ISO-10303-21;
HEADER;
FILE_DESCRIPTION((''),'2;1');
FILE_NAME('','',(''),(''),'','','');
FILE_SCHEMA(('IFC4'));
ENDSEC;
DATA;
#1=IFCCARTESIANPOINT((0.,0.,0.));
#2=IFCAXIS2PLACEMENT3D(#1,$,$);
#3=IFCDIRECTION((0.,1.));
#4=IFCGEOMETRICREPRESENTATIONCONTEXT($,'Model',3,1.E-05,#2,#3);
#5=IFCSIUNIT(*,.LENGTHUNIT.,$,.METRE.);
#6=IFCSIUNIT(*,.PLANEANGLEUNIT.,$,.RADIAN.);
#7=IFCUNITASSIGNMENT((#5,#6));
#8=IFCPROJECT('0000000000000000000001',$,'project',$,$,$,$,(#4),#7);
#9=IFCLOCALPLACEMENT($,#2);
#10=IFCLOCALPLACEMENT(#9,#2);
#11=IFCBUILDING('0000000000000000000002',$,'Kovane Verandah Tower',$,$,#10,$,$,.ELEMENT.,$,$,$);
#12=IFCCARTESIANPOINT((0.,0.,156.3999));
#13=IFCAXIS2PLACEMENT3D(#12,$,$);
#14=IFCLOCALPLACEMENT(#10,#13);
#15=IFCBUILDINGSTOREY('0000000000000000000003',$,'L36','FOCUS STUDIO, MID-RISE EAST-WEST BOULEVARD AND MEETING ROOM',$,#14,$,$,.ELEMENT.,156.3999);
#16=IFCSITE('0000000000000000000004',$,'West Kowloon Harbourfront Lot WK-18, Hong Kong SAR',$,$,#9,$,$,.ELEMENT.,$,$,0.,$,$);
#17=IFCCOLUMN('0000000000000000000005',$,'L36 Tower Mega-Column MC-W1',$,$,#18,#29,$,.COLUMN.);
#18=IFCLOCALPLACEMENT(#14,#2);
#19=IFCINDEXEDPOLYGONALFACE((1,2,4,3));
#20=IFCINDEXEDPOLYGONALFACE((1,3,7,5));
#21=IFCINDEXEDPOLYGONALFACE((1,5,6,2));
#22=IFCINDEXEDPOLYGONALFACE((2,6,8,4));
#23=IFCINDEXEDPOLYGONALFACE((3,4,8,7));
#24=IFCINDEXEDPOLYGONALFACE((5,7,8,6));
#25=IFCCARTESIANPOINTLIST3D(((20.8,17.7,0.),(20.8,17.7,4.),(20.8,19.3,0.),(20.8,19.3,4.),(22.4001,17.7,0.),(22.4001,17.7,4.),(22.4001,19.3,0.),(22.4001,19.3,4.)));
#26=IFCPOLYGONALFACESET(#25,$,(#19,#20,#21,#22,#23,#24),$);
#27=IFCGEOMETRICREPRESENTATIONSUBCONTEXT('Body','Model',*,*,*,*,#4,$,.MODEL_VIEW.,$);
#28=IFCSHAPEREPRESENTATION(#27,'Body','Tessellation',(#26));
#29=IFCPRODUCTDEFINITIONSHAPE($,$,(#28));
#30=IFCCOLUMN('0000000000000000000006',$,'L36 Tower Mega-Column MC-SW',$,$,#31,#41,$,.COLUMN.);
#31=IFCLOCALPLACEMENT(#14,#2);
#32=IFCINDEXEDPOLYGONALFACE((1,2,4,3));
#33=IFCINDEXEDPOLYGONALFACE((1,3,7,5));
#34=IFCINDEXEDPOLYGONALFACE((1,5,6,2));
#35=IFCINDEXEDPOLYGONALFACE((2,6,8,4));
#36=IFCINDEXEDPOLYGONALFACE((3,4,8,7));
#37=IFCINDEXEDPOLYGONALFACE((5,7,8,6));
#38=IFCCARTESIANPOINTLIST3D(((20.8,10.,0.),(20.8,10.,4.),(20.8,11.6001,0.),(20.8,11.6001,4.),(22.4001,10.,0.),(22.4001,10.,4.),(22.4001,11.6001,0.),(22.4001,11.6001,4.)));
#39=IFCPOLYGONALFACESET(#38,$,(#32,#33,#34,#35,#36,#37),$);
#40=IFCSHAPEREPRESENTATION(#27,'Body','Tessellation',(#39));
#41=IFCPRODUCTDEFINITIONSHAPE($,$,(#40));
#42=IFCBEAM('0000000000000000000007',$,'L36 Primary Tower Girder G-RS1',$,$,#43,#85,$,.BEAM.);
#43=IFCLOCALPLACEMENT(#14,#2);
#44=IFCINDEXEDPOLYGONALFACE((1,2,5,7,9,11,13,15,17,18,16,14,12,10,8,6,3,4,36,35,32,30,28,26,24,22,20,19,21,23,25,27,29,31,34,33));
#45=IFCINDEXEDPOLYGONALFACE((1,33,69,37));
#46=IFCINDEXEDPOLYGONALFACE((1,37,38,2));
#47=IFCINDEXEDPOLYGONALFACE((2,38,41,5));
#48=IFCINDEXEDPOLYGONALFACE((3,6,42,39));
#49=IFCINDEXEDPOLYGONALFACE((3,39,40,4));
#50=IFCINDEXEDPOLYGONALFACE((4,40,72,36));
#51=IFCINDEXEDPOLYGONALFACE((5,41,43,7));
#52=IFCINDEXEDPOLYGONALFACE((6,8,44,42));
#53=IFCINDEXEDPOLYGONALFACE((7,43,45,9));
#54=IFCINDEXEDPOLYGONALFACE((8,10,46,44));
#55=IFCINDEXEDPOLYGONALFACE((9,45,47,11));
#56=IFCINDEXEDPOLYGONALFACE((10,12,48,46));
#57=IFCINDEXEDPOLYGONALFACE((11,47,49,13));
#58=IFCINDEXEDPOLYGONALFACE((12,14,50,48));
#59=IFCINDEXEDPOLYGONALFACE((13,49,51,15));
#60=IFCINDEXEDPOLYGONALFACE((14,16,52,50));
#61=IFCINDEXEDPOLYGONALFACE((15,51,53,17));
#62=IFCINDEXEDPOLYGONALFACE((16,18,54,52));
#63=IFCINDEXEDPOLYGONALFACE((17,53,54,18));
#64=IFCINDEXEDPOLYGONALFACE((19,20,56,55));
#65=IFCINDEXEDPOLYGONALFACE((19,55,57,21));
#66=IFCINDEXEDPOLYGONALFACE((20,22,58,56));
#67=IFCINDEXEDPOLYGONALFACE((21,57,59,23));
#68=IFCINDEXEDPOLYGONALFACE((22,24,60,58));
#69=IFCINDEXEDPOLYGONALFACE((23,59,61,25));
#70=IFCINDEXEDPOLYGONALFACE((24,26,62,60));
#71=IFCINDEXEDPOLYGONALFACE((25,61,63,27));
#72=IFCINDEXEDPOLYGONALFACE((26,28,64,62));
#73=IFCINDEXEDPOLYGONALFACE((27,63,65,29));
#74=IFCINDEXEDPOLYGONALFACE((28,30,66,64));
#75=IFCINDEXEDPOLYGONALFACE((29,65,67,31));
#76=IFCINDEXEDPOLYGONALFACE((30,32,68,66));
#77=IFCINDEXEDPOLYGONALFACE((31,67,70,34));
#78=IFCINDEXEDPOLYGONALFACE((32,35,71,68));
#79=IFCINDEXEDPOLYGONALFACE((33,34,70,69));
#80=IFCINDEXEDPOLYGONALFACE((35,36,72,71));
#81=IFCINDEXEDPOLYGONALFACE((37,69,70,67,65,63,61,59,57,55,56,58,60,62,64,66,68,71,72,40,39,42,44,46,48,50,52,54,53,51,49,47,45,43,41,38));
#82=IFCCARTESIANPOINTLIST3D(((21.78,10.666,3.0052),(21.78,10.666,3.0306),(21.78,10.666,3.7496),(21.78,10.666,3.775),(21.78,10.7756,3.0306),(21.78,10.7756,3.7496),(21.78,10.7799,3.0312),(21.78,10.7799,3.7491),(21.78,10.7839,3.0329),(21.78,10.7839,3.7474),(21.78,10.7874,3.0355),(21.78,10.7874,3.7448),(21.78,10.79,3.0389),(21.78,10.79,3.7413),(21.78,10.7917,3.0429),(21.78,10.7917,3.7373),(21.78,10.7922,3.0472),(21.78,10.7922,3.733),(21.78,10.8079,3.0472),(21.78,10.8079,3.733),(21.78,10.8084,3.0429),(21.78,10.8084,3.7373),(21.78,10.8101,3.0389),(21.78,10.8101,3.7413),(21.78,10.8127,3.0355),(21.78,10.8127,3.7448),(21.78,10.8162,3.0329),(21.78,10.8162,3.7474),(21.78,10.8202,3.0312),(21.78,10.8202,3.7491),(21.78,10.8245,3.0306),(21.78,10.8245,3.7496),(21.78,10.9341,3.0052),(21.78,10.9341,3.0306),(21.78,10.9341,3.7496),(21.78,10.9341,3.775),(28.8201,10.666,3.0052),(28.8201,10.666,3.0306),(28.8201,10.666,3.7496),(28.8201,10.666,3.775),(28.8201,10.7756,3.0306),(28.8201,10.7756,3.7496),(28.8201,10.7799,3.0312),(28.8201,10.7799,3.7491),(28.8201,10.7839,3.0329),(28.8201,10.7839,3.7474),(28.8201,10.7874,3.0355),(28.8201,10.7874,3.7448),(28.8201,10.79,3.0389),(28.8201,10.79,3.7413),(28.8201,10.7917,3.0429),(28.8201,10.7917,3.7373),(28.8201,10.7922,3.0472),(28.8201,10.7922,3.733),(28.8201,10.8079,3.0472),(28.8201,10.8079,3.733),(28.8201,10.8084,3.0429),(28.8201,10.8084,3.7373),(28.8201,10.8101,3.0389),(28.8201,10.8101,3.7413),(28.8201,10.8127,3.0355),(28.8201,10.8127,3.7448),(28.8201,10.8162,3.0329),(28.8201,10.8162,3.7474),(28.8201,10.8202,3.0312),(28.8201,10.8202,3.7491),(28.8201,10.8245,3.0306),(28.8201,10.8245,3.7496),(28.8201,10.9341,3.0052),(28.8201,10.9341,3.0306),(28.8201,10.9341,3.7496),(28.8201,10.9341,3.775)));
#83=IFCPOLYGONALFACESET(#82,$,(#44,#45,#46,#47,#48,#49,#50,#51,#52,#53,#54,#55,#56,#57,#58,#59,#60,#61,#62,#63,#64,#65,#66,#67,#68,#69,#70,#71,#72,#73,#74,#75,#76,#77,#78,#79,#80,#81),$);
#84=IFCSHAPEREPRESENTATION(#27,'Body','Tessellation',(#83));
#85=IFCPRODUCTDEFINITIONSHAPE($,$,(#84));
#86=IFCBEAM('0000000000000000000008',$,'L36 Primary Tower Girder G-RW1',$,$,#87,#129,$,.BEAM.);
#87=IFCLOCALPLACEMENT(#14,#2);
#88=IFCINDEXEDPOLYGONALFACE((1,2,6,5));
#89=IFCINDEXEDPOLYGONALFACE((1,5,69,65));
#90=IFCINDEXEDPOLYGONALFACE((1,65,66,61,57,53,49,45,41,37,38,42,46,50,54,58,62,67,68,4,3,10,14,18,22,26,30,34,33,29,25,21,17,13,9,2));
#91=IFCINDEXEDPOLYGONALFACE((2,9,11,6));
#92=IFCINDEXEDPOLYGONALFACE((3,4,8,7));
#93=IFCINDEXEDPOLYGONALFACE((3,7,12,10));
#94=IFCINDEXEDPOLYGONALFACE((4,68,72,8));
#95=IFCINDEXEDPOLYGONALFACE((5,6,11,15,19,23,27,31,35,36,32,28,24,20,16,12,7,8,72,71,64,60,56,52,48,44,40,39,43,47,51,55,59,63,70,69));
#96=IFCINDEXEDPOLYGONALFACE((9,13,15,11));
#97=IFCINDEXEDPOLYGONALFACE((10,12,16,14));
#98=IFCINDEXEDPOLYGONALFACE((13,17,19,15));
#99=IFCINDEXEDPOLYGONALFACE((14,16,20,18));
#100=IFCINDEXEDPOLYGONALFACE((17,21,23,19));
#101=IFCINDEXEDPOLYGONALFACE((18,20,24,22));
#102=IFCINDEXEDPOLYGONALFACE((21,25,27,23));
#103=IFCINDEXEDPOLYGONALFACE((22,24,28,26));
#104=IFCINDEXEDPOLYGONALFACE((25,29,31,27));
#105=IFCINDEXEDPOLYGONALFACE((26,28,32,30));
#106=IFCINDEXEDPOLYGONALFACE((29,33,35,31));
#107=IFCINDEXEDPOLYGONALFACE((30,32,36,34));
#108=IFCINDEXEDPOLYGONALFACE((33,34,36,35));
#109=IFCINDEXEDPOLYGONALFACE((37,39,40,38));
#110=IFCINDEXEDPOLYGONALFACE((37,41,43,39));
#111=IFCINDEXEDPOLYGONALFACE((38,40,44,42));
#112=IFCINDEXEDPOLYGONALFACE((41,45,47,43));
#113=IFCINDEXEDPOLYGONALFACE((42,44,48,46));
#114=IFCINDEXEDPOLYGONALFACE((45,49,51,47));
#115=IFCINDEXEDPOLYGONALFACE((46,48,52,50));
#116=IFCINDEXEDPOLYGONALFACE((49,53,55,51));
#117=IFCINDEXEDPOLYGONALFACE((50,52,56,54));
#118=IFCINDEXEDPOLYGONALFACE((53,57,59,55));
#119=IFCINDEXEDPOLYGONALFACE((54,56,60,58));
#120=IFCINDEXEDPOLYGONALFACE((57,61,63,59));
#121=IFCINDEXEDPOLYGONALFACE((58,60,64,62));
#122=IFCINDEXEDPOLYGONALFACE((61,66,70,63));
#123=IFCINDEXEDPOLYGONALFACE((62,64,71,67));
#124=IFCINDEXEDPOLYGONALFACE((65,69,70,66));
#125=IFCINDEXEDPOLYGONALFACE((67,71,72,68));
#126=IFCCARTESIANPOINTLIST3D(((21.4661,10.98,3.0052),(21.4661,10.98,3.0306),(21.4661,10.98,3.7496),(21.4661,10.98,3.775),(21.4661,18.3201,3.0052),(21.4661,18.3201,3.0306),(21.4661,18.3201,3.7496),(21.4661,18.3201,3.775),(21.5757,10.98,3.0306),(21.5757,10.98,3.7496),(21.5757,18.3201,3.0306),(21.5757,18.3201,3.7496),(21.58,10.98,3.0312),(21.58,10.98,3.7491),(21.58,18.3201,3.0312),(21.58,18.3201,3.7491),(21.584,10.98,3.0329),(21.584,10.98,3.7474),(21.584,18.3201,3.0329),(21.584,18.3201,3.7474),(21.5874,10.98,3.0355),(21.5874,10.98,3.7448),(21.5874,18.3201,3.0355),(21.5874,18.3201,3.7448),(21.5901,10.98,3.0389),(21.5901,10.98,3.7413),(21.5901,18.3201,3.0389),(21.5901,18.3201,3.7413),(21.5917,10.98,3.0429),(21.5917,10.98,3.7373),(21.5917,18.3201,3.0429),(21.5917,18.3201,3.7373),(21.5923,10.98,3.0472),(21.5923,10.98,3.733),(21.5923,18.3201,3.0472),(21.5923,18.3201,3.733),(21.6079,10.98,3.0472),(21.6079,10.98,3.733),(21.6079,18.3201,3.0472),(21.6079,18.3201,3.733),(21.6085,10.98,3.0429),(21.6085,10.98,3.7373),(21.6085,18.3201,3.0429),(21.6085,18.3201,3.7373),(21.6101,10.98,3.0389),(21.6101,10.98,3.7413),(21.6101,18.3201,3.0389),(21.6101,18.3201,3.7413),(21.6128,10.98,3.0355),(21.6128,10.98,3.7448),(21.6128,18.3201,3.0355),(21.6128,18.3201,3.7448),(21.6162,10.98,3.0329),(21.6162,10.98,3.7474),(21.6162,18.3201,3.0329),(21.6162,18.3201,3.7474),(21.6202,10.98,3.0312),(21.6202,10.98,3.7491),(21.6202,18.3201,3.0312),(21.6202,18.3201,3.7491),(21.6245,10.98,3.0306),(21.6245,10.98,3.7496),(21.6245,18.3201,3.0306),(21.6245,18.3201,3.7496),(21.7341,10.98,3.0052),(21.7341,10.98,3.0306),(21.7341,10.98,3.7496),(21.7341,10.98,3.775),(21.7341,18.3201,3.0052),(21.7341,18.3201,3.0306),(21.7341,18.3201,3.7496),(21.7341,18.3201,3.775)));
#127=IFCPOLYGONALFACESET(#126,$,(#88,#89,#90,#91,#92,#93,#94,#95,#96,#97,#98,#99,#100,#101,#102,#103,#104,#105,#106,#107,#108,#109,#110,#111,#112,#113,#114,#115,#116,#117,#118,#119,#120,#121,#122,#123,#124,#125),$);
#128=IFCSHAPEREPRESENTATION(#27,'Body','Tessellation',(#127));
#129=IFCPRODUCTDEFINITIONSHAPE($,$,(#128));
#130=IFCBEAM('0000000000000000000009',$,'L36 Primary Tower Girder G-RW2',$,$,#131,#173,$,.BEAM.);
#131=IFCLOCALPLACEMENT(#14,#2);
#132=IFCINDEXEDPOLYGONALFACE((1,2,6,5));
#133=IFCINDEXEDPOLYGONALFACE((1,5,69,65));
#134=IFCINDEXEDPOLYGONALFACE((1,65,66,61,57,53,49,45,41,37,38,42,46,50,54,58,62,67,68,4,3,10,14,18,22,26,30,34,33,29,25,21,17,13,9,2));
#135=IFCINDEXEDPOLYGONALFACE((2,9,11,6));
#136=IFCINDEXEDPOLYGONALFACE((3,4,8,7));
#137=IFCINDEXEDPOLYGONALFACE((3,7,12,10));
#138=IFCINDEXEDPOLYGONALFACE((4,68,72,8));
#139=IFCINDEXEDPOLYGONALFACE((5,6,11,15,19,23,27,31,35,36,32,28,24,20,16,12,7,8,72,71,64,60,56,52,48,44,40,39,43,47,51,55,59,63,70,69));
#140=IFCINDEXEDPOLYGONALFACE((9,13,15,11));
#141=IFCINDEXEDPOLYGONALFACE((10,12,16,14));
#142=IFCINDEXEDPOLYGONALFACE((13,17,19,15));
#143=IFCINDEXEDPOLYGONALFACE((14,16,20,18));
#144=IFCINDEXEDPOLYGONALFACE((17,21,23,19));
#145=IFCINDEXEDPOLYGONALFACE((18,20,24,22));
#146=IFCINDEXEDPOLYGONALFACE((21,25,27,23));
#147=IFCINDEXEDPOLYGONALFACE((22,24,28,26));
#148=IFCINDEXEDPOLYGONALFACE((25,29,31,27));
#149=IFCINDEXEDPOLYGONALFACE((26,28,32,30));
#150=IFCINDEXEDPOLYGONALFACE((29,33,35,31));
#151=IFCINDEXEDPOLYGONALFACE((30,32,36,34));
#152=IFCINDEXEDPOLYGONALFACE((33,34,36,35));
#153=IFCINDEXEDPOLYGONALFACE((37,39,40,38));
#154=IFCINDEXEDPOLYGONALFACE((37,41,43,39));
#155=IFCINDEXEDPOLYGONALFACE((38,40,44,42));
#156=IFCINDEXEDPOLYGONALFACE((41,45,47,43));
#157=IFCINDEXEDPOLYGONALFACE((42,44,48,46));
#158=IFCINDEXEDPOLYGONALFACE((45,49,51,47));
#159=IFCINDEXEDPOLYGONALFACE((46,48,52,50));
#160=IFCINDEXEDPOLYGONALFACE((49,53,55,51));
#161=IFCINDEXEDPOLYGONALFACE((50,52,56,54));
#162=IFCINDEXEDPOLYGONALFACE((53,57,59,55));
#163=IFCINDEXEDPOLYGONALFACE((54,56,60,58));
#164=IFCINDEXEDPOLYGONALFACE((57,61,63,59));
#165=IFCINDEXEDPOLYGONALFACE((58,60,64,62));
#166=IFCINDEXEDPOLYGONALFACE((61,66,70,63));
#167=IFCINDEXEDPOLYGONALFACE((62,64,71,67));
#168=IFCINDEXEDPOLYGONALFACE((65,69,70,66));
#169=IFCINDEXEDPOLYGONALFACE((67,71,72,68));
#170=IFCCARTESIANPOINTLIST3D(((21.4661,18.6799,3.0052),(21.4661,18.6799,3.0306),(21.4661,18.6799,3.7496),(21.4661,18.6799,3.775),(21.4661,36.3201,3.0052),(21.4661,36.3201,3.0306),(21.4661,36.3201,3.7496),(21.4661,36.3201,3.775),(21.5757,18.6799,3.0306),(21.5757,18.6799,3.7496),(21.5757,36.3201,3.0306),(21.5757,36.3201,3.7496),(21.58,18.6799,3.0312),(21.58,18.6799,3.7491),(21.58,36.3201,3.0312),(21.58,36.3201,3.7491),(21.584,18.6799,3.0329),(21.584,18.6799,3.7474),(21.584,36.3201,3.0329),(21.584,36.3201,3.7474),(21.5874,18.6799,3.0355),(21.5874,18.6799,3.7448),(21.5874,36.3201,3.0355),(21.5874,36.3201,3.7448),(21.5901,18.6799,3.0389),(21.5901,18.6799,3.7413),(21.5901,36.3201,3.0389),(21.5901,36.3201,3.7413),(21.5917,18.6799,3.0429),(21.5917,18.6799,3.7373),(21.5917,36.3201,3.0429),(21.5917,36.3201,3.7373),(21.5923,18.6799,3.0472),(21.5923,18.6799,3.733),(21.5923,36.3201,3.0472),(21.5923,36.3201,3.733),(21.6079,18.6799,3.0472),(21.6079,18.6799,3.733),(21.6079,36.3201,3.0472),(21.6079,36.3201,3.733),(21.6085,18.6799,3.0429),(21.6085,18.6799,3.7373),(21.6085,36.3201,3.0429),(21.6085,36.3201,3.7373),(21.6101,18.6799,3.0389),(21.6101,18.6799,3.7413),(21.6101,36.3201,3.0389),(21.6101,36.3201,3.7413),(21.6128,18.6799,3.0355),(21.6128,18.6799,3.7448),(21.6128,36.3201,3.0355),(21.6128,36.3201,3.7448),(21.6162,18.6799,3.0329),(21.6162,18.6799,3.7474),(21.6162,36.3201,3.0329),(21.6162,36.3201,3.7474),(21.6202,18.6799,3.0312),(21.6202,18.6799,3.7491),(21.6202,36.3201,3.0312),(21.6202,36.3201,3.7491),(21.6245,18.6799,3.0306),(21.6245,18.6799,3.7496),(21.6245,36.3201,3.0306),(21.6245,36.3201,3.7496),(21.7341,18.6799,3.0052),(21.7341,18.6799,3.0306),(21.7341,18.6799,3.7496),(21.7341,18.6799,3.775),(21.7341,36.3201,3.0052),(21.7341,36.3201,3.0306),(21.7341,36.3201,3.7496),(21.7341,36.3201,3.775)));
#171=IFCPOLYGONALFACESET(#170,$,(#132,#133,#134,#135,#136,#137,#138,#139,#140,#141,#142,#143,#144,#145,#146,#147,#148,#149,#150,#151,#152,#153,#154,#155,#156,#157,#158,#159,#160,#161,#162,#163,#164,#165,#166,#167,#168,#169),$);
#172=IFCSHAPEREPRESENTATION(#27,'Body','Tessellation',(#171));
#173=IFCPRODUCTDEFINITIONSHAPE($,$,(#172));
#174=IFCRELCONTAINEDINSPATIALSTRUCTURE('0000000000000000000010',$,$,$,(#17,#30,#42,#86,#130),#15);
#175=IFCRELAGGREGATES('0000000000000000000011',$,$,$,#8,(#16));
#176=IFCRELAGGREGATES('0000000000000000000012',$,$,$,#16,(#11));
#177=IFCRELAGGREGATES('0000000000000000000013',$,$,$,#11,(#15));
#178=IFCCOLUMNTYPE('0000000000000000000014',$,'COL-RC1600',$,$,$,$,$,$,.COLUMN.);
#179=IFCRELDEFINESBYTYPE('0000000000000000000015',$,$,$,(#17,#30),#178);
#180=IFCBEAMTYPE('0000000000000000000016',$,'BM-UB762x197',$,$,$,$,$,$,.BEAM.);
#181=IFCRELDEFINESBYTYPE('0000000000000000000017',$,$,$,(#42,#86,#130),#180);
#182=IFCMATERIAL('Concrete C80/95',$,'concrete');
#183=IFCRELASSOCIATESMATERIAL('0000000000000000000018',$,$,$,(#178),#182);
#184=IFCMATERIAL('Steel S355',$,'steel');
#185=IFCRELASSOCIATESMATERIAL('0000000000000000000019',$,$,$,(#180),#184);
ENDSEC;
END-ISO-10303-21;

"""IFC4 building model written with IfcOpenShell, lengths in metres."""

from ifc_helpers import new_model, si_unit, direction, frame, origin, origin_2d, place, context, subcontext, project, spatial, rectangle, i_section, extrude, material, material_profile, profile_set, type_object, element, save


model = new_model("IFC4")

# Units and contexts
model_context = context("Model", 3, precision=1e-05, world=origin(), true_north=direction((0.0, 1.0)))
body_context = subcontext(model_context, "Body", "Model", "MODEL_VIEW")
ifc_project = project(units=[si_unit("LENGTHUNIT", "METRE"), si_unit("PLANEANGLEUNIT", "RADIAN")], contexts=[model_context])

# Site, building, storey
site_placement = place(None, origin())
site = spatial("IfcSite", under=ifc_project, at=site_placement, Name="West Kowloon Harbourfront Lot WK-18, Hong Kong SAR", CompositionType="ELEMENT", RefElevation=0.0)
building_placement = place(site_placement, origin())
building = spatial("IfcBuilding", under=site, at=building_placement, Name="Kovane Verandah Tower", CompositionType="ELEMENT")
storey_placement = place(building_placement, frame((0.0, 0.0, 156.3999)))
storey = spatial("IfcBuildingStorey", under=building, at=storey_placement, Name="L36", Description="FOCUS STUDIO, MID-RISE EAST-WEST BOULEVARD AND MEETING ROOM", CompositionType="ELEMENT", Elevation=156.3999)

# Columns
ifc_material_1 = material(Name="Concrete C80/95", Category="concrete")
ifc_material_profile_1 = material_profile(ifc_material_1, rectangle(XDim=1.6001, YDim=1.6001, at=origin_2d()), Name="RC1600x1600")
ifc_profile_set_1 = profile_set([ifc_material_profile_1], Name="Concrete C80/95")
column_type = type_object("IfcColumnType", Name="COL-RC1600", PredefinedType="COLUMN", material=ifc_profile_set_1)
for number, where, z_axis, x_axis, name in (
    (1, (21.6001, 18.5, 0.0), (0.0, 0.0, 1.0), (1.0, 0.0, 0.0), "L36 Tower Mega-Column MC-W1"),
    (2, (21.6001, 10.8, 0.0), (0.0, 0.0, 1.0), (1.0, 0.0, 0.0), "L36 Tower Mega-Column MC-SW"),
):
    element("IfcColumn", number, at=place(storey_placement, frame(where, z_axis=z_axis, x_axis=x_axis)), inside=storey, type_object=column_type, Name=name, PredefinedType="COLUMN", context=body_context, shape_type="SweptSolid", body=[
        extrude(rectangle(XDim=1.6001, YDim=1.6001, at=origin_2d()), origin(), (0.0, 0.0, 1.0), 4.0),
    ])

# Beams
ifc_material_2 = material(Name="Steel S355", Category="steel")
ifc_material_profile_2 = material_profile(ifc_material_2, i_section(OverallWidth=0.2681, OverallDepth=0.7698, WebThickness=0.0156, FlangeThickness=0.0254, FilletRadius=0.0166, at=origin_2d()), Name="UB762x267x197")
ifc_profile_set_2 = profile_set([ifc_material_profile_2], Name="Steel S355")
beam_type_1 = type_object("IfcBeamType", Name="BM-UB762x197", PredefinedType="BEAM", material=ifc_profile_set_2)
beam_1_placement = place(storey_placement, frame((21.78, 10.8, 3.3901), z_axis=(1.0, 0.0, 0.0), x_axis=(0.0, 1.0, 0.0)))
element("IfcBeam", 3, at=beam_1_placement, inside=storey, type_object=beam_type_1, Name="L36 Primary Tower Girder G-RS1", PredefinedType="BEAM", context=body_context, shape_type="SweptSolid", body=[
    extrude(i_section(OverallWidth=0.2681, OverallDepth=0.7698, WebThickness=0.0156, FlangeThickness=0.0254, FilletRadius=0.0166, at=origin_2d()), origin(), (0.0, 0.0, 1.0), 7.04),
])
beam_2_placement = place(storey_placement, frame((21.6001, 10.98, 3.3901), z_axis=(0.0, 1.0, 0.0), x_axis=(-1.0, 0.0, 0.0)))
element("IfcBeam", 4, at=beam_2_placement, inside=storey, type_object=beam_type_1, Name="L36 Primary Tower Girder G-RW1", PredefinedType="BEAM", context=body_context, shape_type="SweptSolid", body=[
    extrude(i_section(OverallWidth=0.2681, OverallDepth=0.7698, WebThickness=0.0156, FlangeThickness=0.0254, FilletRadius=0.0166, at=origin_2d()), origin(), (0.0, 0.0, 1.0), 7.3401),
])
beam_3_placement = place(storey_placement, frame((21.6001, 18.6799, 3.3901), z_axis=(0.0, 1.0, 0.0), x_axis=(-1.0, 0.0, 0.0)))
element("IfcBeam", 5, at=beam_3_placement, inside=storey, type_object=beam_type_1, Name="L36 Primary Tower Girder G-RW2", PredefinedType="BEAM", context=body_context, shape_type="SweptSolid", body=[
    extrude(i_section(OverallWidth=0.2681, OverallDepth=0.7698, WebThickness=0.0156, FlangeThickness=0.0254, FilletRadius=0.0166, at=origin_2d()), origin(), (0.0, 0.0, 1.0), 17.6401),
])

save(model, "model.ifc")
